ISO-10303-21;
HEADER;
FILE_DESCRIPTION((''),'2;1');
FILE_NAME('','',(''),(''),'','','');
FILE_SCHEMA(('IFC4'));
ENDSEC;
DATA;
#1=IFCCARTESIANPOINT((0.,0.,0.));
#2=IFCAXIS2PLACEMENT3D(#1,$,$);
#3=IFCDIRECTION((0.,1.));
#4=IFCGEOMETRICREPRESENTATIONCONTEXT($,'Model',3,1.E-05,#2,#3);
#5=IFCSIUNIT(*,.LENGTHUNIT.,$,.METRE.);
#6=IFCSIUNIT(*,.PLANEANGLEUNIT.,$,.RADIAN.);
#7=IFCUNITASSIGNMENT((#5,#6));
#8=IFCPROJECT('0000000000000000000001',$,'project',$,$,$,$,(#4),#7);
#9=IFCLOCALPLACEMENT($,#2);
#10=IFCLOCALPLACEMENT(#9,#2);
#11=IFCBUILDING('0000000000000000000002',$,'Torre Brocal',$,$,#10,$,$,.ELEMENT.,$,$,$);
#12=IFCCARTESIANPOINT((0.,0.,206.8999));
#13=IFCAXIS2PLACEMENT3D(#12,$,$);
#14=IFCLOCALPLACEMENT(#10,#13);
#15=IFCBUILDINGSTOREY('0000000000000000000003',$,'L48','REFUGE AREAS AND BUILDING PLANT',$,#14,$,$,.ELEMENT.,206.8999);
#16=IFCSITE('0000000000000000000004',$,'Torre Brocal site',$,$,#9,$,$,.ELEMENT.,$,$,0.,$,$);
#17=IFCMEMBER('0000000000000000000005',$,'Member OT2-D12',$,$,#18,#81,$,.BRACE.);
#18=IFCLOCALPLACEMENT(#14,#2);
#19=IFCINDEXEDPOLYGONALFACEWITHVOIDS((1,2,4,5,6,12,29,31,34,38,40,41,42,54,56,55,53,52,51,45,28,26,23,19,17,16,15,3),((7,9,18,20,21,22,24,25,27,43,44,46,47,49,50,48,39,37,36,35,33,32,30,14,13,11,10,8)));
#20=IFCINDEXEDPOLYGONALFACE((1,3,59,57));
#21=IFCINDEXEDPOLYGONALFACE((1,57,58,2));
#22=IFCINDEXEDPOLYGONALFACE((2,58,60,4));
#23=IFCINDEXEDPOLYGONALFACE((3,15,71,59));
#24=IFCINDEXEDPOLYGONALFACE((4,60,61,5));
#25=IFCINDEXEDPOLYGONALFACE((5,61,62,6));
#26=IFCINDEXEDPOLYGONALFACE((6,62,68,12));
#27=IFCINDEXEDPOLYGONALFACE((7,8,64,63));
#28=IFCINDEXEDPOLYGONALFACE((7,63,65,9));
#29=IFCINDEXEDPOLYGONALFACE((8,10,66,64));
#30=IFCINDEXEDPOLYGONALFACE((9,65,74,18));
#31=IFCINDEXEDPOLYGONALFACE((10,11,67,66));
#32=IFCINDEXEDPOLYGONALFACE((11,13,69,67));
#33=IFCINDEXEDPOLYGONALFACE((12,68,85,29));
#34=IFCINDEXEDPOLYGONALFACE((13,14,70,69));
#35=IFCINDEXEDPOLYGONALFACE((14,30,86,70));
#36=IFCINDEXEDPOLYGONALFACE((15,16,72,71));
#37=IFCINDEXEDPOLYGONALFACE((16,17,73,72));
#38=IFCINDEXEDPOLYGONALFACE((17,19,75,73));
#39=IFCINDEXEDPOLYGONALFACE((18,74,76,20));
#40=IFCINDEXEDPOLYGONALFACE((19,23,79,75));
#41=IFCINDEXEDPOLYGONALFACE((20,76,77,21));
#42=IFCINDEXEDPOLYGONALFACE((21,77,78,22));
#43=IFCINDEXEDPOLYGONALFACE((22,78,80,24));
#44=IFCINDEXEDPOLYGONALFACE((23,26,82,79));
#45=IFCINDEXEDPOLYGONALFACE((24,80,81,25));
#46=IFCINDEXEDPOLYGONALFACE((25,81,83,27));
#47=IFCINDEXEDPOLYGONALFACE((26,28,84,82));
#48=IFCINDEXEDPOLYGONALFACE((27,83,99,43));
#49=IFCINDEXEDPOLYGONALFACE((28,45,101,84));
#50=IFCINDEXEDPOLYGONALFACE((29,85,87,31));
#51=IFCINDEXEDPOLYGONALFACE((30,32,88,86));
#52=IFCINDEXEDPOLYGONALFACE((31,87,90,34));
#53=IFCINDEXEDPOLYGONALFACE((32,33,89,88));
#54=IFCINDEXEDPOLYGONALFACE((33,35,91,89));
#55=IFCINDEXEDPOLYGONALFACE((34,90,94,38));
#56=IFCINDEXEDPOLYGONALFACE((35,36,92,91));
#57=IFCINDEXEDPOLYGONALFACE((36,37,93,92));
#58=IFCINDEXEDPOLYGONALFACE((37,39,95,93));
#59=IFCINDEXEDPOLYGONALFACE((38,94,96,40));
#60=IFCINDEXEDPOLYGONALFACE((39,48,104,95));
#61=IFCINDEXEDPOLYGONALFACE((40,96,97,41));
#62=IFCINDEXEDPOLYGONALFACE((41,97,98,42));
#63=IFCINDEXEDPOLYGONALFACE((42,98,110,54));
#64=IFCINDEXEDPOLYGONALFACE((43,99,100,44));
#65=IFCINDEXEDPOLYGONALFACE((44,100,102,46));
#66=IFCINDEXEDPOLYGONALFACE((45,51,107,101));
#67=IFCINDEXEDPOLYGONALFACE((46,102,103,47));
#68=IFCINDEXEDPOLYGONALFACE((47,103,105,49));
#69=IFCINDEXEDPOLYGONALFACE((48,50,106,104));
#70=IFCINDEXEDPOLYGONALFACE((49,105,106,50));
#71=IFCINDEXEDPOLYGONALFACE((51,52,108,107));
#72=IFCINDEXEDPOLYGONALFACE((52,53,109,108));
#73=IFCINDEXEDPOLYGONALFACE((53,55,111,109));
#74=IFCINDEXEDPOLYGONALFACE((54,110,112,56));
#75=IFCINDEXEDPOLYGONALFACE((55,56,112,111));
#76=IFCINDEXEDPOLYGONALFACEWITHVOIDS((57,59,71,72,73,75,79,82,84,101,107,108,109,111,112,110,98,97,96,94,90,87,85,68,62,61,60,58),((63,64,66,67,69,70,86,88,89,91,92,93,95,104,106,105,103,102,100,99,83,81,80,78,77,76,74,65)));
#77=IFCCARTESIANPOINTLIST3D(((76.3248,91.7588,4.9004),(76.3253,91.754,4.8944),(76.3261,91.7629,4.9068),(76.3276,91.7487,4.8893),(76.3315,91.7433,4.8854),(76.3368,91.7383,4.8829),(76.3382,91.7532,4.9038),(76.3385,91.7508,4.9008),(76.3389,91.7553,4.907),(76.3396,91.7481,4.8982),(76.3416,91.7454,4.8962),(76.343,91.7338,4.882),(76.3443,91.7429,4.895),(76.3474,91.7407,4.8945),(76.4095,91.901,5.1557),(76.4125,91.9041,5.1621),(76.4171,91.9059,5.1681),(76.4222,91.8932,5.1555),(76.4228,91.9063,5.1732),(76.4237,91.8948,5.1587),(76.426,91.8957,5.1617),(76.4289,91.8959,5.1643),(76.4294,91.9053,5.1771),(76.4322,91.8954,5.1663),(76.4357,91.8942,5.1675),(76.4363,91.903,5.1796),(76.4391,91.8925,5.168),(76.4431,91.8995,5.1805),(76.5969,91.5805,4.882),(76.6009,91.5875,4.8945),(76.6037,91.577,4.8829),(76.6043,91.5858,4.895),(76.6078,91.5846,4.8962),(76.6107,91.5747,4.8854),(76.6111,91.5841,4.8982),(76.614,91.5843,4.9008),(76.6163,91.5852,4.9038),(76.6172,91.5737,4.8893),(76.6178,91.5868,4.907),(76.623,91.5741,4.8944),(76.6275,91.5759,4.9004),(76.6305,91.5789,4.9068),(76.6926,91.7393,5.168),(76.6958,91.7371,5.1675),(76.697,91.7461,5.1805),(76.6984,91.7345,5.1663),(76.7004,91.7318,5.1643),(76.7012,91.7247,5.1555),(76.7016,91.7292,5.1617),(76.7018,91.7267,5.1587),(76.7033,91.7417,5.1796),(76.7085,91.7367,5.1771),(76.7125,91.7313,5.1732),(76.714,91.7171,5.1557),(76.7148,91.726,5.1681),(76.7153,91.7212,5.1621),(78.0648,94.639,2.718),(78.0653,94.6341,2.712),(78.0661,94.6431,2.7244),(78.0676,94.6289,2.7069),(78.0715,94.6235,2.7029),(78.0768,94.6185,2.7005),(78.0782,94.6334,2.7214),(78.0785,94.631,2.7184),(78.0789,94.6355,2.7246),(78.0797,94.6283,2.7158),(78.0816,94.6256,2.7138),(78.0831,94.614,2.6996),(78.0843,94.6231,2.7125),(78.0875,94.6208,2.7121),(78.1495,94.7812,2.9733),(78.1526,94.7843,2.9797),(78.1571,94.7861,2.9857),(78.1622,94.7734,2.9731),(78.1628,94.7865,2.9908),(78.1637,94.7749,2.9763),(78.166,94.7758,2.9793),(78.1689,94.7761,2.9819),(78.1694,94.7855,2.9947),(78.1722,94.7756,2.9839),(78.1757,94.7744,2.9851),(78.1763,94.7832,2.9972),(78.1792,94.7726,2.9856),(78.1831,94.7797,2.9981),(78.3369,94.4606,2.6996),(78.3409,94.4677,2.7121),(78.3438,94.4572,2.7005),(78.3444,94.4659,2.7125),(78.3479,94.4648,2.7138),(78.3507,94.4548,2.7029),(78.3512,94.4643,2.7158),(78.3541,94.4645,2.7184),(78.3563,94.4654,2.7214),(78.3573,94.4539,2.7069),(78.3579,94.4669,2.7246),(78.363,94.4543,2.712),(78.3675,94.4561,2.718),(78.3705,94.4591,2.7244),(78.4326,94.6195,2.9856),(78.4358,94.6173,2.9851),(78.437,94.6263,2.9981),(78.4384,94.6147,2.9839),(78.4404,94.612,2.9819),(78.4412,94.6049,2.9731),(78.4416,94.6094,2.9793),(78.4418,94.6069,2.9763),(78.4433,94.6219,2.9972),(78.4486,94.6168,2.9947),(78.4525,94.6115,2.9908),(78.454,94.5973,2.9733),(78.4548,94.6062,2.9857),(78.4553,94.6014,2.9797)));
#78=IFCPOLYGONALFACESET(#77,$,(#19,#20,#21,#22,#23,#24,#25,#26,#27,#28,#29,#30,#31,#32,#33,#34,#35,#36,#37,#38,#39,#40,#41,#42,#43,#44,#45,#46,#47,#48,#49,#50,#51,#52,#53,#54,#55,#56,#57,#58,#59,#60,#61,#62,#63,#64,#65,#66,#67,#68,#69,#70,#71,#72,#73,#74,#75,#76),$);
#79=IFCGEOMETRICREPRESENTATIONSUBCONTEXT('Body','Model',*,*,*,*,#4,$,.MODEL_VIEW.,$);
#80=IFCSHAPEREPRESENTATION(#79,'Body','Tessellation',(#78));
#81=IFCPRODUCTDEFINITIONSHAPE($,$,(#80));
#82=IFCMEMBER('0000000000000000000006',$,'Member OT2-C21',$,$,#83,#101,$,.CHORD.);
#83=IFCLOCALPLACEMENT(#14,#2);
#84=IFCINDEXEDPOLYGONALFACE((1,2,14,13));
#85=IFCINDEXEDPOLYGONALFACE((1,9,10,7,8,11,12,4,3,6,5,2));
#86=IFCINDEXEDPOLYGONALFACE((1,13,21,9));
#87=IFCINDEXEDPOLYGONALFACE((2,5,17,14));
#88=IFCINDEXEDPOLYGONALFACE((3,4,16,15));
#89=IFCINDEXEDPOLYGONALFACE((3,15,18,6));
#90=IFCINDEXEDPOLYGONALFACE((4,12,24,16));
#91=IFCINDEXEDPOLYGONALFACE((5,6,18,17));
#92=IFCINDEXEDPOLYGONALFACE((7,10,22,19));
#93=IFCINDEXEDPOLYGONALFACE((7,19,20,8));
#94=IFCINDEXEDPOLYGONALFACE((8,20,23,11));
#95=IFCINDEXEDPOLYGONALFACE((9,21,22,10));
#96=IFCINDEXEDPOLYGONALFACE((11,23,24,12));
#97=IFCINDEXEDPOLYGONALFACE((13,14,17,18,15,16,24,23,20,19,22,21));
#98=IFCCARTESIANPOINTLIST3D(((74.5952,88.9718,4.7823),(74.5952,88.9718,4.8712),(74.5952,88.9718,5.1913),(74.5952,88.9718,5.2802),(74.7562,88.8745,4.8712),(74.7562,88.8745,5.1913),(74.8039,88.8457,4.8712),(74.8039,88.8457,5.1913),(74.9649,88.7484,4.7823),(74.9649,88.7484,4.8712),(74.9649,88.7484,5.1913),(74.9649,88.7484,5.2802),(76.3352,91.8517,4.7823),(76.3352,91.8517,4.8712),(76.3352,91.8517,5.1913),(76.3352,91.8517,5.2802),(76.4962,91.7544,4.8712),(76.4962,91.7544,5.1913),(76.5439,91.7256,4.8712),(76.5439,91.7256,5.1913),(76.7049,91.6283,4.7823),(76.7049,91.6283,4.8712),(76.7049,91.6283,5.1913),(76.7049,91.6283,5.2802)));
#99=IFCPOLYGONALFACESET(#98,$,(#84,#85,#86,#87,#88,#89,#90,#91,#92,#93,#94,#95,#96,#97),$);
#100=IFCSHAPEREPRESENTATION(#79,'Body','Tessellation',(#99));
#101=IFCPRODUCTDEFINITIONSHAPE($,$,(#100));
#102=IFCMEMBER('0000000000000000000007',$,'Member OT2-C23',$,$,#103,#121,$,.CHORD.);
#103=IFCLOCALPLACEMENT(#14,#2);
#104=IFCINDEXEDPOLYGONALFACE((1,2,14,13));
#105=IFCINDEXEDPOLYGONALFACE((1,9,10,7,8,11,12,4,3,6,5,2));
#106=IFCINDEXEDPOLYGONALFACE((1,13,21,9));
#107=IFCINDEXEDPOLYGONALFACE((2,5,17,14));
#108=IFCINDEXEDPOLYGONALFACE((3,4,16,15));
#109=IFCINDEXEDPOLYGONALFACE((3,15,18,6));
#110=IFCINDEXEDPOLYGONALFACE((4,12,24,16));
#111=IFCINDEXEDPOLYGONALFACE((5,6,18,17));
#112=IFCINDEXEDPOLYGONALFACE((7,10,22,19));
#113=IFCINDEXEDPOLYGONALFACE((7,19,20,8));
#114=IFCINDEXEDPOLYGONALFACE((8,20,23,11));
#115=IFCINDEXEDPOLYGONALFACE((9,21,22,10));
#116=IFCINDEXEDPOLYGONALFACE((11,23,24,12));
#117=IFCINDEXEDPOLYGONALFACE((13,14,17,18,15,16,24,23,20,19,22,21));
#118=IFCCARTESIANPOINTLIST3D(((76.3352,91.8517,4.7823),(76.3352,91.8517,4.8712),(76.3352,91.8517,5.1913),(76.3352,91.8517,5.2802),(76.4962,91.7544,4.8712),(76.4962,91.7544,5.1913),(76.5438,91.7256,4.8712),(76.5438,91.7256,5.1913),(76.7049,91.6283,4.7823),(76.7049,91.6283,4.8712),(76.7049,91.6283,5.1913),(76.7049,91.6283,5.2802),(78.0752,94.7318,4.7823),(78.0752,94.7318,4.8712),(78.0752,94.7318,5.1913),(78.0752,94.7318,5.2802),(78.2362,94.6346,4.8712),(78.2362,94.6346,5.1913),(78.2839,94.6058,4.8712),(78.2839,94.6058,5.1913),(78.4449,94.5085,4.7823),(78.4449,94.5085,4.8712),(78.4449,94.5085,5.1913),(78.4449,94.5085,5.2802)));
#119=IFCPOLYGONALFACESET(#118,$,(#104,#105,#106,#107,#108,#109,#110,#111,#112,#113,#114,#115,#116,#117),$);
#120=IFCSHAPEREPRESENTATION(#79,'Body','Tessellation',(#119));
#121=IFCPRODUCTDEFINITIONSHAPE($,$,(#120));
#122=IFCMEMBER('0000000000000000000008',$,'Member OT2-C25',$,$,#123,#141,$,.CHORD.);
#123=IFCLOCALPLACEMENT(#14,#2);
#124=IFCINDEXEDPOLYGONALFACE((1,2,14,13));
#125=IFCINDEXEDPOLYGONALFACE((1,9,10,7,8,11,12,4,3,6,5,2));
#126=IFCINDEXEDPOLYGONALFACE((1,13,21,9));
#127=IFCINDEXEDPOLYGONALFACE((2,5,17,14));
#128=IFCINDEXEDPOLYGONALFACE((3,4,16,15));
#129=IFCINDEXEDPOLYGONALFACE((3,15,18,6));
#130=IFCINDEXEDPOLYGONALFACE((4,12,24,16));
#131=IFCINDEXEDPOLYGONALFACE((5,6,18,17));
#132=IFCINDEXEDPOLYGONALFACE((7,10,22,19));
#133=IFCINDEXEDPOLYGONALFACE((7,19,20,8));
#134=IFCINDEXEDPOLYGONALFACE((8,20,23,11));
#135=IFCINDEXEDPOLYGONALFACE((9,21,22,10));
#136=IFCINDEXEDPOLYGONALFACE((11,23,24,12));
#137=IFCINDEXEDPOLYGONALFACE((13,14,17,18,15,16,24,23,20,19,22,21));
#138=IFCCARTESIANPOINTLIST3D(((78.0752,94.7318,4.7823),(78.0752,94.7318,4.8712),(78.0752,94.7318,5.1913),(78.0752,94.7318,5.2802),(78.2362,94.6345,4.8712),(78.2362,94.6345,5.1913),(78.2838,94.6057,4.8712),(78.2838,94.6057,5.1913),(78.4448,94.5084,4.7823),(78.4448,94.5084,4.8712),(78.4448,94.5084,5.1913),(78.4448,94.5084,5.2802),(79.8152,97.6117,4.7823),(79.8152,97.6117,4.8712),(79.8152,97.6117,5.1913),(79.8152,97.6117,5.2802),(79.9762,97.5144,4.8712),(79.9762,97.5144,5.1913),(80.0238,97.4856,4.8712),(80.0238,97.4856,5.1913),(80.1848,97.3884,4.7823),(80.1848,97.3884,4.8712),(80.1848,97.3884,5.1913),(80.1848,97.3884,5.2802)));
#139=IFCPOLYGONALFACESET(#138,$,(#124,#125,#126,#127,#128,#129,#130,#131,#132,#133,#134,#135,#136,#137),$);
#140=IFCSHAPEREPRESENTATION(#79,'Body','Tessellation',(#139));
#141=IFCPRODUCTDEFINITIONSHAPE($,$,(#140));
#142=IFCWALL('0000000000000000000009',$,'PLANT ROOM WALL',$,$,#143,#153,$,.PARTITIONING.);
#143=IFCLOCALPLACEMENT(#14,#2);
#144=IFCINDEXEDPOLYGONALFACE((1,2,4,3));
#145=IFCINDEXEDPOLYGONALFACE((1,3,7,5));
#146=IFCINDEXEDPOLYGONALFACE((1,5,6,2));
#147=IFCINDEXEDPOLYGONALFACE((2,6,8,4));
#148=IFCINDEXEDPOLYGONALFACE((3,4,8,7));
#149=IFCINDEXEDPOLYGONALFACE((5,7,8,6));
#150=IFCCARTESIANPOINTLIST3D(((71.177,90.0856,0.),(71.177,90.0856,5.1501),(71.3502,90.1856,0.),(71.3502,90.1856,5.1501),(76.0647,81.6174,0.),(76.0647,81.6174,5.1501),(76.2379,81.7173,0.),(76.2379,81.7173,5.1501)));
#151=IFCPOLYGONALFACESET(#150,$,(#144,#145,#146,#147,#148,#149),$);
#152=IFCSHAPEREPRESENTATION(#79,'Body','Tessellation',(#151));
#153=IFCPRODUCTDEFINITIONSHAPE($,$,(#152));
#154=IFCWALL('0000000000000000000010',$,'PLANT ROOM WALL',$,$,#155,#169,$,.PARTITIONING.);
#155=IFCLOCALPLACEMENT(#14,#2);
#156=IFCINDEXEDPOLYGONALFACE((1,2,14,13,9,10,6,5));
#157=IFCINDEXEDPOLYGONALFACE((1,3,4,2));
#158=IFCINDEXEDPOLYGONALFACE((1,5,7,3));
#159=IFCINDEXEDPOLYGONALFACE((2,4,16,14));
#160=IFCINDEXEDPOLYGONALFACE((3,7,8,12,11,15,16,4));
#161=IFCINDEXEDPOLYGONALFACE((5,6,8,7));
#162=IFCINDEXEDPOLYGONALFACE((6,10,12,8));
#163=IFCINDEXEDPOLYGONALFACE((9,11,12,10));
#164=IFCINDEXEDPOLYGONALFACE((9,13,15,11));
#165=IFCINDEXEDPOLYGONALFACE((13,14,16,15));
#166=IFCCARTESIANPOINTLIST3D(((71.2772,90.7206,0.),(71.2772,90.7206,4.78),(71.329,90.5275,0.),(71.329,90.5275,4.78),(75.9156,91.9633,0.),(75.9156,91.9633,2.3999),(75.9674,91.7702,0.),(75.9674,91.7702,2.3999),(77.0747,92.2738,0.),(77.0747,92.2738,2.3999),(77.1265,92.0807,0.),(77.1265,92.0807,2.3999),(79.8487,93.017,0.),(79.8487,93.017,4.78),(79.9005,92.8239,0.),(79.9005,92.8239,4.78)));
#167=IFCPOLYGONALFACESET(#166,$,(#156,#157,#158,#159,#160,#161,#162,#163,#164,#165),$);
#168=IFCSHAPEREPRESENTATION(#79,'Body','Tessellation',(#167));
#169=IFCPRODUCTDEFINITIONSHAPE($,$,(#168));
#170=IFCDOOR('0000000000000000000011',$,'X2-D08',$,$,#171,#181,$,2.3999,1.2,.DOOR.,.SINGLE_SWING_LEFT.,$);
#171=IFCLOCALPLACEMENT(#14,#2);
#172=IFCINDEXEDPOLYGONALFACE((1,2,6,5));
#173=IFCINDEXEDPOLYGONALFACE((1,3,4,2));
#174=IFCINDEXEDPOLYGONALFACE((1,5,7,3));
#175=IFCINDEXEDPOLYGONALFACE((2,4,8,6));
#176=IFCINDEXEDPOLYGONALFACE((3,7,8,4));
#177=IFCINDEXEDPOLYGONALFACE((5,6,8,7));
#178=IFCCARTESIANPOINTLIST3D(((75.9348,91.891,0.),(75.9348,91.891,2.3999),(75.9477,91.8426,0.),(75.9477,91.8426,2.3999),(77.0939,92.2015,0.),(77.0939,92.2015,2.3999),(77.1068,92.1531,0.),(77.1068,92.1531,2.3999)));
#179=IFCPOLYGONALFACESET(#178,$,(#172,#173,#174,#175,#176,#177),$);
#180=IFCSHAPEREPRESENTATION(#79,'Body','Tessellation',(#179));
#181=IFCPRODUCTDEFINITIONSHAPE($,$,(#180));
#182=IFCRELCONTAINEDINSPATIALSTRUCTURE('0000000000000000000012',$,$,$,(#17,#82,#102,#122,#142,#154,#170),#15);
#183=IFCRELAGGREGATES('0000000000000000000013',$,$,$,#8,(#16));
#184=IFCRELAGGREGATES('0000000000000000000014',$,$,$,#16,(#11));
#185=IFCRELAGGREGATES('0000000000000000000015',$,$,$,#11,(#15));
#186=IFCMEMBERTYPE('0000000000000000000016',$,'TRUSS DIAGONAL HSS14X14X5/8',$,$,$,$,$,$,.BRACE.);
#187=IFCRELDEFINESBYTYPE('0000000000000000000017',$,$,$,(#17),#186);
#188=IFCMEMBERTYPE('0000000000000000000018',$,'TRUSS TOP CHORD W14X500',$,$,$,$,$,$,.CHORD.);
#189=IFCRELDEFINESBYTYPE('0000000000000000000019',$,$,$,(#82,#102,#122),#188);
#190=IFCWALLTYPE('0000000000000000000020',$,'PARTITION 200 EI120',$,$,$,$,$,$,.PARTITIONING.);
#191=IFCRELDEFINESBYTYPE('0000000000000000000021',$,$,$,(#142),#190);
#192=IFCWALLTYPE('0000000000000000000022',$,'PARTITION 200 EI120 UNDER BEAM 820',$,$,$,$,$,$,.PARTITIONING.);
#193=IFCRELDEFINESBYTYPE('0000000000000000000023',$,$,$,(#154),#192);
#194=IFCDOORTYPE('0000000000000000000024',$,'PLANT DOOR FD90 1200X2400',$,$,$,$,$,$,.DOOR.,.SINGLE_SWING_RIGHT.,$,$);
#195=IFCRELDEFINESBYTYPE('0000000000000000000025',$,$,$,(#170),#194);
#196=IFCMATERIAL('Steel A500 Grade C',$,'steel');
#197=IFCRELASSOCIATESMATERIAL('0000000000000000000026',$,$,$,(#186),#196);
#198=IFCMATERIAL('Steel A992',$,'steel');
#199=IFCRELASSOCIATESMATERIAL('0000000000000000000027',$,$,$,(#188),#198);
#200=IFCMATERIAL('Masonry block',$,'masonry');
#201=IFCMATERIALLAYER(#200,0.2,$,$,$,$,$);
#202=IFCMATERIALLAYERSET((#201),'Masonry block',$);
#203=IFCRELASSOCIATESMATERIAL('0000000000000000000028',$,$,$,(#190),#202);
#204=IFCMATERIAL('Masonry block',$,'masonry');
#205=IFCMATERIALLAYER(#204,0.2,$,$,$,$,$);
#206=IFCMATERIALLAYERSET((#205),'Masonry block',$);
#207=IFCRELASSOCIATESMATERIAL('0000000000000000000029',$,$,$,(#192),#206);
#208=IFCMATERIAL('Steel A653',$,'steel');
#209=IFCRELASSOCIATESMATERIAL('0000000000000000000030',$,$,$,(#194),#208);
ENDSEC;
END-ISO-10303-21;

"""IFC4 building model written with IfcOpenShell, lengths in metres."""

from ifc_helpers import new_model, si_unit, direction, frame, frame_2d, origin, origin_2d, place, context, subcontext, project, spatial, rectangle, hollow_rectangle, i_section, extrude, material, layer, layer_set, material_profile, profile_set, type_object, element, fill, save


model = new_model("IFC4")

# Units and contexts
model_context = context("Model", 3, precision=1e-05, world=origin(), true_north=direction((0.0, 1.0)))
body_context = subcontext(model_context, "Body", "Model", "MODEL_VIEW")
ifc_project = project(units=[si_unit("LENGTHUNIT", "METRE"), si_unit("PLANEANGLEUNIT", "RADIAN")], contexts=[model_context])

# Site, building, storey
site_placement = place(None, origin())
site = spatial("IfcSite", under=ifc_project, at=site_placement, Name="Torre Brocal site", CompositionType="ELEMENT", RefElevation=0.0)
building_placement = place(site_placement, origin())
building = spatial("IfcBuilding", under=site, at=building_placement, Name="Torre Brocal", CompositionType="ELEMENT")
storey_placement = place(building_placement, frame((0.0, 0.0, 206.8999)))
storey = spatial("IfcBuildingStorey", under=building, at=storey_placement, Name="L48", Description="REFUGE AREAS AND BUILDING PLANT", CompositionType="ELEMENT", Elevation=206.8999)

# Members
ifc_material_1 = material(Name="Steel A500 Grade C", Category="steel")
ifc_material_profile_1 = material_profile(ifc_material_1, hollow_rectangle(XDim=0.3557, YDim=0.3557, WallThickness=0.0149, InnerFilletRadius=0.0149, OuterFilletRadius=0.0295, at=origin_2d()), Name="HSS14X14X5/8")
ifc_profile_set_1 = profile_set([ifc_material_profile_1], Name="Steel A500 Grade C")
member_type_1 = type_object("IfcMemberType", Name="TRUSS DIAGONAL HSS14X14X5/8", PredefinedType="BRACE", material=ifc_profile_set_1)
member_1_placement = place(storey_placement, frame((76.52, 91.74, 5.0312), z_axis=(0.433841, 0.718117, -0.544142), x_axis=(-0.855927, 0.517097, 0.0)))
element("IfcMember", 1, at=member_1_placement, inside=storey, type_object=member_type_1, Name="Member OT2-D12", PredefinedType="BRACE", context=body_context, shape_type="SweptSolid", body=[
    extrude(hollow_rectangle(XDim=0.3557, YDim=0.3557, WallThickness=0.0149, InnerFilletRadius=0.0149, OuterFilletRadius=0.0295, at=origin_2d()), origin(), (0.0, 0.0, 1.0), 4.0107),
])
ifc_material_2 = material(Name="Steel A992", Category="steel")
ifc_material_profile_2 = material_profile(ifc_material_2, i_section(OverallWidth=0.4319, OverallDepth=0.4978, WebThickness=0.0557, FlangeThickness=0.0889, at=origin_2d()), Name="W14X500")
ifc_profile_set_2 = profile_set([ifc_material_profile_2], Name="Steel A992")
member_type_2 = type_object("IfcMemberType", Name="TRUSS TOP CHORD W14X500", PredefinedType="CHORD", material=ifc_profile_set_2)
member_2_placement = place(storey_placement, frame((74.78, 88.8601, 5.0312), z_axis=(0.517129, 0.855908, 0.0), x_axis=(-0.855908, 0.517129, 0.0)))
element("IfcMember", 2, at=member_2_placement, inside=storey, type_object=member_type_2, Name="Member OT2-C21", PredefinedType="CHORD", context=body_context, shape_type="SweptSolid", body=[
    extrude(i_section(OverallWidth=0.4319, OverallDepth=0.4978, WebThickness=0.0557, FlangeThickness=0.0889, at=origin_2d()), origin(), (0.0, 0.0, 1.0), 3.3647),
])
member_3_placement = place(storey_placement, frame((76.52, 91.74, 5.0312), z_axis=(0.517097, 0.855927, 0.0), x_axis=(-0.855927, 0.517097, 0.0)))
element("IfcMember", 3, at=member_3_placement, inside=storey, type_object=member_type_2, Name="Member OT2-C23", PredefinedType="CHORD", context=body_context, shape_type="SweptSolid", body=[
    extrude(i_section(OverallWidth=0.4319, OverallDepth=0.4978, WebThickness=0.0557, FlangeThickness=0.0889, at=origin_2d()), origin(), (0.0, 0.0, 1.0), 3.365),
])
member_4_placement = place(storey_placement, frame((78.26, 94.6201, 5.0312), z_axis=(0.517129, 0.855908, 0.0), x_axis=(-0.855908, 0.517129, 0.0)))
element("IfcMember", 4, at=member_4_placement, inside=storey, type_object=member_type_2, Name="Member OT2-C25", PredefinedType="CHORD", context=body_context, shape_type="SweptSolid", body=[
    extrude(i_section(OverallWidth=0.4319, OverallDepth=0.4978, WebThickness=0.0557, FlangeThickness=0.0889, at=origin_2d()), origin(), (0.0, 0.0, 1.0), 3.3647),
])

# Wall
ifc_material_3 = material(Name="Masonry block", Category="masonry")
ifc_layer_1 = layer(ifc_material_3, 0.2)
ifc_layer_set_1 = layer_set([ifc_layer_1], Name="Masonry block")
wall_type_1 = type_object("IfcWallType", Name="PARTITION 200 EI120", PredefinedType="PARTITIONING", material=ifc_layer_set_1)
wall_1_placement = place(storey_placement, frame((71.2637, 90.1355, 0.0), z_axis=(0.0, 0.0, 1.0), x_axis=(0.499888, -0.86609, 0.0)))
element("IfcWall", 5, at=wall_1_placement, inside=storey, type_object=wall_type_1, Name="PLANT ROOM WALL", PredefinedType="PARTITIONING", context=body_context, shape_type="SweptSolid", body=[
    extrude(rectangle(XDim=9.7776, YDim=0.2, at=frame_2d((4.8887, 0.0))), origin(), (0.0, 0.0, 1.0), 5.1501),
])

# Wall, opening, door
ifc_material_4 = material(Name="Masonry block", Category="masonry")
ifc_layer_2 = layer(ifc_material_4, 0.2)
ifc_layer_set_2 = layer_set([ifc_layer_2], Name="Masonry block")
wall_type_2 = type_object("IfcWallType", Name="PARTITION 200 EI120 UNDER BEAM 820", PredefinedType="PARTITIONING", material=ifc_layer_set_2)
wall_2_placement = place(storey_placement, frame((71.303, 90.624, 0.0), z_axis=(0.0, 0.0, 1.0), x_axis=(0.965936, 0.258782, 0.0)))
wall_2 = element("IfcWall", 6, at=wall_2_placement, inside=storey, type_object=wall_type_2, Name="PLANT ROOM WALL", PredefinedType="PARTITIONING", context=body_context, shape_type="SweptSolid", body=[
    extrude(rectangle(XDim=8.8738, YDim=0.2, at=frame_2d((4.437, 0.0))), origin(), (0.0, 0.0, 1.0), 4.78),
])
opening_placement = place(wall_2_placement, frame((4.802, 0.0, 0.0)))
opening = element("IfcOpeningElement", 7, at=opening_placement, cuts=wall_2, PredefinedType="OPENING", context=body_context, shape_type="SweptSolid", body=[
    extrude(rectangle(XDim=1.2, YDim=2.3999, at=frame_2d((0.6001, 1.2))), frame((0.0, 0.1099, 0.0), z_axis=(0.0, -1.0, 0.0), x_axis=(1.0, 0.0, 0.0)), (0.0, 0.0, 1.0), 0.22),
])
ifc_material_5 = material(Name="Steel A653", Category="steel")
door_type = type_object("IfcDoorType", Name="PLANT DOOR FD90 1200X2400", OperationType="SINGLE_SWING_RIGHT", PredefinedType="DOOR", material=ifc_material_5)
door_placement = place(opening_placement, frame((1.2, 0.0, 0.0), z_axis=(0.0, 0.0, 1.0), x_axis=(-1.0, 0.0, 0.0)))
door = element("IfcDoor", 8, at=door_placement, inside=storey, type_object=door_type, Name="X2-D08", OperationType="SINGLE_SWING_LEFT", OverallHeight=2.3999, OverallWidth=1.2, PredefinedType="DOOR", context=body_context, shape_type="SweptSolid", body=[
    extrude(rectangle(XDim=1.2, YDim=2.3999, at=frame_2d((0.6001, 1.2))), frame((0.0, 0.0249, 0.0), z_axis=(0.0, -1.0, 0.0), x_axis=(1.0, 0.0, 0.0)), (0.0, 0.0, 1.0), 0.05),
])
fill(opening, door)

save(model, "model.ifc")
